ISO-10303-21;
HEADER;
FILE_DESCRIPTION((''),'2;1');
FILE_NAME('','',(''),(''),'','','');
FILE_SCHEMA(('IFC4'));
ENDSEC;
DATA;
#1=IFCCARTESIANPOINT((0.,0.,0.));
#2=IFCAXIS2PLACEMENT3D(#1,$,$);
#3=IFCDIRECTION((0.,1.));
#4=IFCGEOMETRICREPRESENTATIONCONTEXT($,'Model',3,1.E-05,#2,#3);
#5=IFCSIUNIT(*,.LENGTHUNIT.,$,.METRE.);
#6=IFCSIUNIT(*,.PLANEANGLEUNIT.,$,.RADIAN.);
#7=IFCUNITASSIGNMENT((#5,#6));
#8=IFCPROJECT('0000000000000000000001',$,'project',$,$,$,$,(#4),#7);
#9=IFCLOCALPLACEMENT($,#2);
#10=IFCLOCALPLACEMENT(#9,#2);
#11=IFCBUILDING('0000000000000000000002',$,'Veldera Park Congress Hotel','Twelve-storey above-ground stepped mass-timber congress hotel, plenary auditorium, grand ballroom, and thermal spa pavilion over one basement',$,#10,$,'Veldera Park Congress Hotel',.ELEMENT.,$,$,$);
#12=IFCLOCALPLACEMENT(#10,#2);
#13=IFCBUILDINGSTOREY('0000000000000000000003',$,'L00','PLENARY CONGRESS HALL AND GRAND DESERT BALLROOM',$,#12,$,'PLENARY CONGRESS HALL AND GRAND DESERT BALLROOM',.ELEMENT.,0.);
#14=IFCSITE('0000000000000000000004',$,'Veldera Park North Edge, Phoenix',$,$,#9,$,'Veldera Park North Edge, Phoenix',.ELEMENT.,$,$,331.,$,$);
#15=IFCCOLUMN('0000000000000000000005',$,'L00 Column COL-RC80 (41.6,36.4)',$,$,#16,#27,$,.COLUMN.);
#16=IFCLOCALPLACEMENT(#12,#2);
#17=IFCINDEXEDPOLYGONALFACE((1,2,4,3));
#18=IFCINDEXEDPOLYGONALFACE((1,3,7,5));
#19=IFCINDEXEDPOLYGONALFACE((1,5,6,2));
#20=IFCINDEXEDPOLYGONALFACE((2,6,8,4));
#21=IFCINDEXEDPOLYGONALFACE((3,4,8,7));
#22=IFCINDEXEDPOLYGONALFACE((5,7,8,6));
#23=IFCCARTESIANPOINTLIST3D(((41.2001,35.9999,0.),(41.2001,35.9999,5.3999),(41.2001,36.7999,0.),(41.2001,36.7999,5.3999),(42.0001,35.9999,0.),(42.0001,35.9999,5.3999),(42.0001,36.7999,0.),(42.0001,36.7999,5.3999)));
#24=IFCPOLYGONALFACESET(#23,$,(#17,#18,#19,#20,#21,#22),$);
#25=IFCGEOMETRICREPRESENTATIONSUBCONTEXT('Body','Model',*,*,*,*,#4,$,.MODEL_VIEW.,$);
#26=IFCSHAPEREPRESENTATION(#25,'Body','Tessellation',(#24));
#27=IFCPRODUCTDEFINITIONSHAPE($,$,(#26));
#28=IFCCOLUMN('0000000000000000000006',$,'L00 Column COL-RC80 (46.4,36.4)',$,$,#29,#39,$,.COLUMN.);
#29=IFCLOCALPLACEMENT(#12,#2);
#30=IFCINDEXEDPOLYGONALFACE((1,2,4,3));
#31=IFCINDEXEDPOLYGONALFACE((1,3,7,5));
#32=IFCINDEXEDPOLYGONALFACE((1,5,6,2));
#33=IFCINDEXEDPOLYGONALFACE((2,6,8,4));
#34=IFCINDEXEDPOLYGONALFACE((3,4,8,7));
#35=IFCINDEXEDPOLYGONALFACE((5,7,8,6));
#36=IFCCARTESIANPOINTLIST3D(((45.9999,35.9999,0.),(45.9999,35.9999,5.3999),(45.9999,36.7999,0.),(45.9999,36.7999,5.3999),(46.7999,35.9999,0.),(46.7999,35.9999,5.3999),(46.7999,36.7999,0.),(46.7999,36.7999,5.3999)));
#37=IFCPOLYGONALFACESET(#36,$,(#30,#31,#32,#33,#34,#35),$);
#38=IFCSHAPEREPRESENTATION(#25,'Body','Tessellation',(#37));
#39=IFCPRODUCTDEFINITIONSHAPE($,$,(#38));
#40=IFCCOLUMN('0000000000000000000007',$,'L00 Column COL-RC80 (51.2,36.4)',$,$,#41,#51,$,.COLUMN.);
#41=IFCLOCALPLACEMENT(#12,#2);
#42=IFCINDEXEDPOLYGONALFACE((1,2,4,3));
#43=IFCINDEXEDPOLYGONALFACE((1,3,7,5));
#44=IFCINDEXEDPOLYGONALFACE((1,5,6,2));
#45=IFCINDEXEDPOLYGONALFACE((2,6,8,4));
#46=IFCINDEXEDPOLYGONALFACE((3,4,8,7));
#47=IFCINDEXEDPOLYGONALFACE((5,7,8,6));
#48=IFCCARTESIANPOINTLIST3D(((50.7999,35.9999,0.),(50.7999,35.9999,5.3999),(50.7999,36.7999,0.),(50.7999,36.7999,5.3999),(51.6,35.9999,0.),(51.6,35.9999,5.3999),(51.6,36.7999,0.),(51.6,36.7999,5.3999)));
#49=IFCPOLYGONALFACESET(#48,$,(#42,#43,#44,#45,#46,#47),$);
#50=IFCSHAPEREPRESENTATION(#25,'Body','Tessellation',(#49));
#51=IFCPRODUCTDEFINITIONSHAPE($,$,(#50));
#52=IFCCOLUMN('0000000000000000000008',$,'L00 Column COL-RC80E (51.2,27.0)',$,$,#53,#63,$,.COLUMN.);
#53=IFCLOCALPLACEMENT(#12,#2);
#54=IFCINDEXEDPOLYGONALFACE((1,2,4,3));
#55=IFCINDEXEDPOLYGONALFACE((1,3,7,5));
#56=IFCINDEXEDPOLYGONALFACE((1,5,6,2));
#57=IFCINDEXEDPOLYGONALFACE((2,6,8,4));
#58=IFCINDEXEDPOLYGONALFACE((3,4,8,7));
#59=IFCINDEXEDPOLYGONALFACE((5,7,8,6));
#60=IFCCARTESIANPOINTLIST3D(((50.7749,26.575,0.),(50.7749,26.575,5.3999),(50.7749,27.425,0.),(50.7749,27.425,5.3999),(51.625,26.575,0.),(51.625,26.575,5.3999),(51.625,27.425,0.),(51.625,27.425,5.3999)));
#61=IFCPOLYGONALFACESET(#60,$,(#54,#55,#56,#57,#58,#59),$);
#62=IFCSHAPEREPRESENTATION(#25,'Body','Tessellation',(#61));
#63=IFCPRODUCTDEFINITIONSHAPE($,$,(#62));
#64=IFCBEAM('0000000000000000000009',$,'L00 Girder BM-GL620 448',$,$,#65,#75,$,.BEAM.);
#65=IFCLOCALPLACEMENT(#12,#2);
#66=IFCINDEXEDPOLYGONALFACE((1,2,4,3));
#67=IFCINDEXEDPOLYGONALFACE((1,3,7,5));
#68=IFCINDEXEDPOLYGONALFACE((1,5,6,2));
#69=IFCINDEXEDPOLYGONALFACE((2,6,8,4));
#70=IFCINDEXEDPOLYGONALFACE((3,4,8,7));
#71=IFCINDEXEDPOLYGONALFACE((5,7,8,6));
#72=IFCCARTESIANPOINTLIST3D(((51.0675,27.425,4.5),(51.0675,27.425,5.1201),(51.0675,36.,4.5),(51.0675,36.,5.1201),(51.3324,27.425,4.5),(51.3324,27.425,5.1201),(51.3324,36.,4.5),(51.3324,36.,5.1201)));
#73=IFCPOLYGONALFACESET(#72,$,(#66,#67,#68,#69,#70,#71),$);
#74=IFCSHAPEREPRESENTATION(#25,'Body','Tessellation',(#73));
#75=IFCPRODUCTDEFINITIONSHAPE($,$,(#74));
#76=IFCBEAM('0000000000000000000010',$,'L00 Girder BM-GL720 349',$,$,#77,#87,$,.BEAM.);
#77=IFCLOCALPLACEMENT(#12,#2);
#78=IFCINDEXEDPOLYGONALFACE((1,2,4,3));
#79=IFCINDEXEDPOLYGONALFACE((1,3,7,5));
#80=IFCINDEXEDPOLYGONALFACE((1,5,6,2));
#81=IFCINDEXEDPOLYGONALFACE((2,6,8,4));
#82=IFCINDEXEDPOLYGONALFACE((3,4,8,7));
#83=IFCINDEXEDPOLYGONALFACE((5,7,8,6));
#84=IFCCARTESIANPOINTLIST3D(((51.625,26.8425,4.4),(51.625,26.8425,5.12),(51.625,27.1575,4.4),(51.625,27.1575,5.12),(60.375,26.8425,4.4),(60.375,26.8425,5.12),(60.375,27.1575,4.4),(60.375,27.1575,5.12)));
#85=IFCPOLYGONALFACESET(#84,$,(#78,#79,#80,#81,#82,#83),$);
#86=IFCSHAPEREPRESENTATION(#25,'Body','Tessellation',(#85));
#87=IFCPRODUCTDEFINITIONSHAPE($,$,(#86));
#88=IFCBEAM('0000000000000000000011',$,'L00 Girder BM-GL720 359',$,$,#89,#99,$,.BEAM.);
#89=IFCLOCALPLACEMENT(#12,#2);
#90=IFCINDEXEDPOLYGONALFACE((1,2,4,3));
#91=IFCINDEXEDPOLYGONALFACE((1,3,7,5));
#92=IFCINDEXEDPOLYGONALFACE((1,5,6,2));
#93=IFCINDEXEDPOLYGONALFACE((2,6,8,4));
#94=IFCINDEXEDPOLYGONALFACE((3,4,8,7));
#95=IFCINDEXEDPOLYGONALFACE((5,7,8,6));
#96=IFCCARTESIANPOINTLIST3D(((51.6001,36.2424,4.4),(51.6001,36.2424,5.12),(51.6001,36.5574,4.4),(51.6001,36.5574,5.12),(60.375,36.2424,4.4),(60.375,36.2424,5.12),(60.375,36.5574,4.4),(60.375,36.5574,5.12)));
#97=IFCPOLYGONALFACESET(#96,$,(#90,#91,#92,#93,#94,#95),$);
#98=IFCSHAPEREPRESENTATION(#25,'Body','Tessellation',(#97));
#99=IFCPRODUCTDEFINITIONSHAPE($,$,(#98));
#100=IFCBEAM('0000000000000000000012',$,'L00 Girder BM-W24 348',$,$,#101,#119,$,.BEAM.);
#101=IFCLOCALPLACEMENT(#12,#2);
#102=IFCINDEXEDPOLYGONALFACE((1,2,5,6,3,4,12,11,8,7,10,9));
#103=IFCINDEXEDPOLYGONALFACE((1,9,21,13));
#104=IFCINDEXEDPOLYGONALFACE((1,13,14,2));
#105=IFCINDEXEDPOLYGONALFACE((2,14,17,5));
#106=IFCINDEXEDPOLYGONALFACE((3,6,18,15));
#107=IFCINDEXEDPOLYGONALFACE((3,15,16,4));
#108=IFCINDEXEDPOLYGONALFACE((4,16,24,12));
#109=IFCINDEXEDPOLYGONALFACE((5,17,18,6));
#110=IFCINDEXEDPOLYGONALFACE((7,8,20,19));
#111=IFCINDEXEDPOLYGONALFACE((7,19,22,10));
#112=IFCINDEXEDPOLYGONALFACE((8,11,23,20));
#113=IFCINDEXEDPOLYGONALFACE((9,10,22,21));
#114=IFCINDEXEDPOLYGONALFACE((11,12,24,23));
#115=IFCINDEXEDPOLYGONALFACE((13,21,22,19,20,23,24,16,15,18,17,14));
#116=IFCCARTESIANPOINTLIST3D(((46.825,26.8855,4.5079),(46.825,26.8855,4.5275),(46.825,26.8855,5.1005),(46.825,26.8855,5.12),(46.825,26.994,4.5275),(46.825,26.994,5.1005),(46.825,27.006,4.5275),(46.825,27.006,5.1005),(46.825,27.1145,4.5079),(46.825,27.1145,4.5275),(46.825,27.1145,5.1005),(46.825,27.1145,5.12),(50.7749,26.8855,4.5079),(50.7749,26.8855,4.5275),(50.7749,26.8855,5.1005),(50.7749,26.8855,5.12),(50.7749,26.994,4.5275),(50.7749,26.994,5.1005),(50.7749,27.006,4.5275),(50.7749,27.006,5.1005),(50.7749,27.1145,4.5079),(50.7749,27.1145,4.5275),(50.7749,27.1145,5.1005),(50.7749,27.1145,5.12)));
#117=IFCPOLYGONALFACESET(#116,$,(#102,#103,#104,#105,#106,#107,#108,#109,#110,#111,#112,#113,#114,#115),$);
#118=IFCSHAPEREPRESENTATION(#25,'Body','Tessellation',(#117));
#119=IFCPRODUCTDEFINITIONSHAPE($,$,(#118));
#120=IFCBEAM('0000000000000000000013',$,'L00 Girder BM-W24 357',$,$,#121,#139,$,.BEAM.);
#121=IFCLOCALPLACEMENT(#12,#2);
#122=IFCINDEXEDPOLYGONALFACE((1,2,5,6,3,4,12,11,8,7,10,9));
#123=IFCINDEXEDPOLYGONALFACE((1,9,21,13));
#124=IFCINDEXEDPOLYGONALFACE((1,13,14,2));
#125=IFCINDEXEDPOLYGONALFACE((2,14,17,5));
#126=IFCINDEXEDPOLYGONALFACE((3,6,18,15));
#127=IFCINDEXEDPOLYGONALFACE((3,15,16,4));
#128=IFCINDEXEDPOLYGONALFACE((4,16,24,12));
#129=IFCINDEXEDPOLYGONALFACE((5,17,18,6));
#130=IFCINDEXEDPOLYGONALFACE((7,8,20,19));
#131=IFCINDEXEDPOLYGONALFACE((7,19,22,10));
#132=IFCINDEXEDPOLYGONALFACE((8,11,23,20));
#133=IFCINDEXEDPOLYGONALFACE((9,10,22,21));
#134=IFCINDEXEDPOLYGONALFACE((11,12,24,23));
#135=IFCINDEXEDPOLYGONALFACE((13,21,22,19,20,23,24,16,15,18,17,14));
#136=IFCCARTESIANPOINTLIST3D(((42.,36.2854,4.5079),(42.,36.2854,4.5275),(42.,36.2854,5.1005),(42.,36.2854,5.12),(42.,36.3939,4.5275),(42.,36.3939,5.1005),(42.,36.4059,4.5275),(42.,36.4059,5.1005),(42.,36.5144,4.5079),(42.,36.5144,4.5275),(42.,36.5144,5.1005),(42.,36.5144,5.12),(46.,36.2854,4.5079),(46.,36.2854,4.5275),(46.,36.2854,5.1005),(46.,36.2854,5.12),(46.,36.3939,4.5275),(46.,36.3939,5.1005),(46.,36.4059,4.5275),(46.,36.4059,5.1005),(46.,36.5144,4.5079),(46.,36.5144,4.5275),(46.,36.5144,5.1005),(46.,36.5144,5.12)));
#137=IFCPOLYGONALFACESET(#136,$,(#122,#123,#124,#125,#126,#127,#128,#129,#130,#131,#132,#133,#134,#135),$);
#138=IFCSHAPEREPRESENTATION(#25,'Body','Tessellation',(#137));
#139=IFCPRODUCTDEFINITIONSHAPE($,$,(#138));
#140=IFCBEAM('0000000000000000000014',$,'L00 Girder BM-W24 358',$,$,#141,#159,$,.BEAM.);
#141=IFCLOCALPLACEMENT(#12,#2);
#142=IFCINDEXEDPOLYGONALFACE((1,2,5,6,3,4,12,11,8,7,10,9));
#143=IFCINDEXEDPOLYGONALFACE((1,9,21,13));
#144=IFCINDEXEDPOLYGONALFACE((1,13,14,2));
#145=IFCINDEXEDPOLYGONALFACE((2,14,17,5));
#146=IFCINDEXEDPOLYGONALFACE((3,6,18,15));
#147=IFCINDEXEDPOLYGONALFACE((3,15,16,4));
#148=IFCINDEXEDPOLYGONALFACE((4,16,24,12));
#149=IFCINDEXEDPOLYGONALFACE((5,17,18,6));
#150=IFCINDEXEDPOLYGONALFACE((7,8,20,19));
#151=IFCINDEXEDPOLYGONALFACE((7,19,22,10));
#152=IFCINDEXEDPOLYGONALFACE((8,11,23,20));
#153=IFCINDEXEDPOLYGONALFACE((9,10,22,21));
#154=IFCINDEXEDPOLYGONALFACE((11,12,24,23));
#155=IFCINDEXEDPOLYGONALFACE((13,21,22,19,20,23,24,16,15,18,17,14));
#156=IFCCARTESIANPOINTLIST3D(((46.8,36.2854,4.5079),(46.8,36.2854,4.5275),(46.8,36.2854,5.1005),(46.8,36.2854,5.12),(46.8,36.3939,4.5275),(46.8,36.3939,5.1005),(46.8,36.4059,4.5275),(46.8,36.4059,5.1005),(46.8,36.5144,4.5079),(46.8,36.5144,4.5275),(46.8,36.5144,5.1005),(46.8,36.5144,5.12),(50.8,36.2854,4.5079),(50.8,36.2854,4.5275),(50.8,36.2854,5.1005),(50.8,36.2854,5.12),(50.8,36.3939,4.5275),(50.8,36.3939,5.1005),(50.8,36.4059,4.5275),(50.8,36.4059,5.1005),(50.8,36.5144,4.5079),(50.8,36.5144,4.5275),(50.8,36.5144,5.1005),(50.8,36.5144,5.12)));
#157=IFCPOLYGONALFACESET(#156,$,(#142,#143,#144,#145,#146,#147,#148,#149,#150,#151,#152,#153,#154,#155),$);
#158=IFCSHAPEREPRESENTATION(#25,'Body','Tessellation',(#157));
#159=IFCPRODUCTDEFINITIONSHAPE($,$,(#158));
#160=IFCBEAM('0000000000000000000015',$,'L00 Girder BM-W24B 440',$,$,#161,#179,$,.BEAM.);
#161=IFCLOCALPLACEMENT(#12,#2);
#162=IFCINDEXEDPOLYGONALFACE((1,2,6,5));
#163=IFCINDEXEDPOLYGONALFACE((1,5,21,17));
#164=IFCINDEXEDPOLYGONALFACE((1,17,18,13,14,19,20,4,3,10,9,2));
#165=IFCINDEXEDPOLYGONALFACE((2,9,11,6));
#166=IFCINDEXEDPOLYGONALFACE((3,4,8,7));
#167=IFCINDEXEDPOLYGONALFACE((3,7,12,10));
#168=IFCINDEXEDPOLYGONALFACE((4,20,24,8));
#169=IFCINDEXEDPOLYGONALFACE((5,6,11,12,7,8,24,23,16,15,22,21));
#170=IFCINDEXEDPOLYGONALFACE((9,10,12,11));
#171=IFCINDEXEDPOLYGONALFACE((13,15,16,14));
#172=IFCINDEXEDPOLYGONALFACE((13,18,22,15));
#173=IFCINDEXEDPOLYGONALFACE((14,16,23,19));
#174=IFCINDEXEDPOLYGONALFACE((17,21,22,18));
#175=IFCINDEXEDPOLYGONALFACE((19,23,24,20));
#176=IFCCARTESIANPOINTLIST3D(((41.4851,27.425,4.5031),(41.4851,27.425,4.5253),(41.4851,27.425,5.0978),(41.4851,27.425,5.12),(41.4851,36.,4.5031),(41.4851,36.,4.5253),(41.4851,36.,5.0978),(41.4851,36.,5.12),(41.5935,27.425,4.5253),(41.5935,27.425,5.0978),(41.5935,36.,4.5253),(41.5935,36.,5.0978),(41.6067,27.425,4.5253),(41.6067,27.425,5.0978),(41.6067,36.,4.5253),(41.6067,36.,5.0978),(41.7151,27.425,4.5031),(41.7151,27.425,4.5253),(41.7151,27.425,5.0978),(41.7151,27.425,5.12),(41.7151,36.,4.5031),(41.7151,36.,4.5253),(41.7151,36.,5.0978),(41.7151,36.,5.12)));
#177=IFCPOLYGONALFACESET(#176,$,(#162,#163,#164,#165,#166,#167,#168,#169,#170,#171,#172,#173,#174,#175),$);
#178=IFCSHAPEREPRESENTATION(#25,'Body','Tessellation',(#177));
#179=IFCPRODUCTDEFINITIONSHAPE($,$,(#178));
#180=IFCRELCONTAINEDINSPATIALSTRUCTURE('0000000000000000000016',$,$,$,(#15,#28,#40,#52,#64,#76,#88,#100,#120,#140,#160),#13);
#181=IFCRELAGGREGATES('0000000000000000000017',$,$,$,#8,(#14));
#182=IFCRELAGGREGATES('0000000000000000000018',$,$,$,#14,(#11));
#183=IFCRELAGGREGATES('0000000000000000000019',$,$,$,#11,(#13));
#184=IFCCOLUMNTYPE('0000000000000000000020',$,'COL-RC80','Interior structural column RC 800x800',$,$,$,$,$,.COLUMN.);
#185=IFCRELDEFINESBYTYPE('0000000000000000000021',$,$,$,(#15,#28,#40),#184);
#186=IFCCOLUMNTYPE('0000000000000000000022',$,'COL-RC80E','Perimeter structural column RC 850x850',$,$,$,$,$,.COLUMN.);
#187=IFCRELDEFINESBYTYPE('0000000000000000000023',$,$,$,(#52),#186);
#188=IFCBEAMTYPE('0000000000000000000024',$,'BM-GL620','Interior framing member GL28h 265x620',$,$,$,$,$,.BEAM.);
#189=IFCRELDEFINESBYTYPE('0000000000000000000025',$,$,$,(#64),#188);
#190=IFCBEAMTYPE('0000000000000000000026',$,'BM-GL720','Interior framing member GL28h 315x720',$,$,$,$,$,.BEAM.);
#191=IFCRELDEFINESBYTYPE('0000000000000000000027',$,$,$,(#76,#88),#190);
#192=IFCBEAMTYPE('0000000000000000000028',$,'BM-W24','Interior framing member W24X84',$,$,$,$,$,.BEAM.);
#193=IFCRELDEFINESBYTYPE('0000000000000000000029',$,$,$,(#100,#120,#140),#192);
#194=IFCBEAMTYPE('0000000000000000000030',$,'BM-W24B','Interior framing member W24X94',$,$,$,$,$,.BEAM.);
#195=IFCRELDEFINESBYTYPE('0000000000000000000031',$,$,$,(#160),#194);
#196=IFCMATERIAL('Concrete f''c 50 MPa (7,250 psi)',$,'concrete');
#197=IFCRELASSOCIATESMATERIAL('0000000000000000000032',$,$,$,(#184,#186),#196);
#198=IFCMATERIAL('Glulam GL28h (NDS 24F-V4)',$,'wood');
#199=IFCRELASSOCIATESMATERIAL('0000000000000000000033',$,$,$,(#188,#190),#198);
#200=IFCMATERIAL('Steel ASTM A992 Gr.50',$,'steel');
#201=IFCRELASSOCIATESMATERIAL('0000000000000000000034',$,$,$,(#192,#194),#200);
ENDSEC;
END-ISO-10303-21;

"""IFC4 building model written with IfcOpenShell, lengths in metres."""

from ifc_helpers import new_model, si_unit, direction, frame, origin, origin_2d, place, context, subcontext, project, spatial, rectangle, i_section, extrude, material, material_profile, profile_set, type_object, element, save


model = new_model("IFC4")

# Units and contexts
model_context = context("Model", 3, precision=1e-05, world=origin(), true_north=direction((0.0, 1.0)))
body_context = subcontext(model_context, "Body", "Model", "MODEL_VIEW")
ifc_project = project(units=[si_unit("LENGTHUNIT", "METRE"), si_unit("PLANEANGLEUNIT", "RADIAN")], contexts=[model_context])

# Site, building, storey
site_placement = place(None, origin())
site = spatial("IfcSite", under=ifc_project, at=site_placement, Name="Veldera Park North Edge, Phoenix", LongName="Veldera Park North Edge, Phoenix", CompositionType="ELEMENT", RefElevation=331.0)
building_placement = place(site_placement, origin())
building = spatial("IfcBuilding", under=site, at=building_placement, Name="Veldera Park Congress Hotel", Description="Twelve-storey above-ground stepped mass-timber congress hotel, plenary auditorium, grand ballroom, and thermal spa pavilion over one basement", LongName="Veldera Park Congress Hotel", CompositionType="ELEMENT")
storey_placement = place(building_placement, origin())
storey = spatial("IfcBuildingStorey", under=building, at=storey_placement, Name="L00", Description="PLENARY CONGRESS HALL AND GRAND DESERT BALLROOM", LongName="PLENARY CONGRESS HALL AND GRAND DESERT BALLROOM", CompositionType="ELEMENT", Elevation=0.0)

# Columns
ifc_material_1 = material(Name="Concrete f'c 50 MPa (7,250 psi)", Category="concrete")
ifc_material_profile_1 = material_profile(ifc_material_1, rectangle(XDim=0.8, YDim=0.8, at=origin_2d()), Name="RC 800x800")
ifc_profile_set_1 = profile_set([ifc_material_profile_1], Name="Concrete f'c 50 MPa (7,250 psi)")
column_type_1 = type_object("IfcColumnType", Name="COL-RC80", Description="Interior structural column RC 800x800", PredefinedType="COLUMN", material=ifc_profile_set_1)
for number, where, z_axis, x_axis, name in (
    (1, (41.6001, 36.3999, 0.0), (0.0, 0.0, 1.0), (1.0, 0.0, 0.0), "L00 Column COL-RC80 (41.6,36.4)"),
    (2, (46.3999, 36.3999, 0.0), (0.0, 0.0, 1.0), (1.0, 0.0, 0.0), "L00 Column COL-RC80 (46.4,36.4)"),
    (3, (51.2, 36.3999, 0.0), (0.0, 0.0, 1.0), (1.0, 0.0, 0.0), "L00 Column COL-RC80 (51.2,36.4)"),
):
    element("IfcColumn", number, at=place(storey_placement, frame(where, z_axis=z_axis, x_axis=x_axis)), inside=storey, type_object=column_type_1, Name=name, PredefinedType="COLUMN", context=body_context, shape_type="SweptSolid", body=[
        extrude(rectangle(XDim=0.8, YDim=0.8, at=origin_2d()), origin(), (0.0, 0.0, 1.0), 5.3999),
    ])
ifc_material_profile_2 = material_profile(ifc_material_1, rectangle(XDim=0.8501, YDim=0.8501, at=origin_2d()), Name="RC 850x850")
ifc_profile_set_2 = profile_set([ifc_material_profile_2], Name="Concrete f'c 50 MPa (7,250 psi)")
column_type_2 = type_object("IfcColumnType", Name="COL-RC80E", Description="Perimeter structural column RC 850x850", PredefinedType="COLUMN", material=ifc_profile_set_2)
column_placement = place(storey_placement, frame((51.2, 27.0, 0.0), z_axis=(0.0, 0.0, 1.0), x_axis=(1.0, 0.0, 0.0)))
element("IfcColumn", 4, at=column_placement, inside=storey, type_object=column_type_2, Name="L00 Column COL-RC80E (51.2,27.0)", PredefinedType="COLUMN", context=body_context, shape_type="SweptSolid", body=[
    extrude(rectangle(XDim=0.8501, YDim=0.8501, at=origin_2d()), origin(), (0.0, 0.0, 1.0), 5.3999),
])

# Beams
ifc_material_2 = material(Name="Glulam GL28h (NDS 24F-V4)", Category="wood")
ifc_material_profile_3 = material_profile(ifc_material_2, rectangle(XDim=0.2649, YDim=0.6201, at=origin_2d()), Name="GL28h 265x620")
ifc_profile_set_3 = profile_set([ifc_material_profile_3], Name="Glulam GL28h (NDS 24F-V4)")
beam_type_1 = type_object("IfcBeamType", Name="BM-GL620", Description="Interior framing member GL28h 265x620", PredefinedType="BEAM", material=ifc_profile_set_3)
beam_1_placement = place(storey_placement, frame((51.2, 27.425, 4.8101), z_axis=(0.0, 1.0, 0.0), x_axis=(-1.0, 0.0, 0.0)))
element("IfcBeam", 5, at=beam_1_placement, inside=storey, type_object=beam_type_1, Name="L00 Girder BM-GL620 448", PredefinedType="BEAM", context=body_context, shape_type="SweptSolid", body=[
    extrude(rectangle(XDim=0.2649, YDim=0.6201, at=origin_2d()), origin(), (0.0, 0.0, 1.0), 8.575),
])
ifc_material_profile_4 = material_profile(ifc_material_2, rectangle(XDim=0.3149, YDim=0.72, at=origin_2d()), Name="GL28h 315x720")
ifc_profile_set_4 = profile_set([ifc_material_profile_4], Name="Glulam GL28h (NDS 24F-V4)")
beam_type_2 = type_object("IfcBeamType", Name="BM-GL720", Description="Interior framing member GL28h 315x720", PredefinedType="BEAM", material=ifc_profile_set_4)
beam_2_placement = place(storey_placement, frame((51.625, 27.0, 4.76), z_axis=(1.0, 0.0, 0.0), x_axis=(0.0, 1.0, 0.0)))
element("IfcBeam", 6, at=beam_2_placement, inside=storey, type_object=beam_type_2, Name="L00 Girder BM-GL720 349", PredefinedType="BEAM", context=body_context, shape_type="SweptSolid", body=[
    extrude(rectangle(XDim=0.3149, YDim=0.72, at=origin_2d()), origin(), (0.0, 0.0, 1.0), 8.75),
])
beam_3_placement = place(storey_placement, frame((51.6001, 36.3999, 4.76), z_axis=(1.0, 0.0, 0.0), x_axis=(0.0, 1.0, 0.0)))
element("IfcBeam", 7, at=beam_3_placement, inside=storey, type_object=beam_type_2, Name="L00 Girder BM-GL720 359", PredefinedType="BEAM", context=body_context, shape_type="SweptSolid", body=[
    extrude(rectangle(XDim=0.3149, YDim=0.72, at=origin_2d()), origin(), (0.0, 0.0, 1.0), 8.7749),
])
ifc_material_3 = material(Name="Steel ASTM A992 Gr.50", Category="steel")
ifc_material_profile_5 = material_profile(ifc_material_3, i_section(OverallWidth=0.229, OverallDepth=0.6121, WebThickness=0.012, FlangeThickness=0.0195, at=origin_2d()), Name="W24X84")
ifc_profile_set_5 = profile_set([ifc_material_profile_5], Name="Steel ASTM A992 Gr.50")
beam_type_3 = type_object("IfcBeamType", Name="BM-W24", Description="Interior framing member W24X84", PredefinedType="BEAM", material=ifc_profile_set_5)
beam_4_placement = place(storey_placement, frame((46.825, 27.0, 4.814), z_axis=(1.0, 0.0, 0.0), x_axis=(0.0, 1.0, 0.0)))
element("IfcBeam", 8, at=beam_4_placement, inside=storey, type_object=beam_type_3, Name="L00 Girder BM-W24 348", PredefinedType="BEAM", context=body_context, shape_type="SweptSolid", body=[
    extrude(i_section(OverallWidth=0.229, OverallDepth=0.6121, WebThickness=0.012, FlangeThickness=0.0195, at=origin_2d()), origin(), (0.0, 0.0, 1.0), 3.95),
])
for number, where, z_axis, x_axis, name in (
    (9, (42.0, 36.3999, 4.814), (1.0, 0.0, 0.0), (0.0, 1.0, 0.0), "L00 Girder BM-W24 357"),
    (10, (46.8, 36.3999, 4.814), (1.0, 0.0, 0.0), (0.0, 1.0, 0.0), "L00 Girder BM-W24 358"),
):
    element("IfcBeam", number, at=place(storey_placement, frame(where, z_axis=z_axis, x_axis=x_axis)), inside=storey, type_object=beam_type_3, Name=name, PredefinedType="BEAM", context=body_context, shape_type="SweptSolid", body=[
        extrude(i_section(OverallWidth=0.229, OverallDepth=0.6121, WebThickness=0.012, FlangeThickness=0.0195, at=origin_2d()), origin(), (0.0, 0.0, 1.0), 4.0),
    ])
ifc_material_profile_6 = material_profile(ifc_material_3, i_section(OverallWidth=0.23, OverallDepth=0.6169, WebThickness=0.0132, FlangeThickness=0.0222, at=origin_2d()), Name="W24X94")
ifc_profile_set_6 = profile_set([ifc_material_profile_6], Name="Steel ASTM A992 Gr.50")
beam_type_4 = type_object("IfcBeamType", Name="BM-W24B", Description="Interior framing member W24X94", PredefinedType="BEAM", material=ifc_profile_set_6)
for number, where, z_axis, x_axis, name in (
    (11, (41.6001, 27.425, 4.8115), (0.0, 1.0, 0.0), (-1.0, 0.0, 0.0), "L00 Girder BM-W24B 440"),
):
    element("IfcBeam", number, at=place(storey_placement, frame(where, z_axis=z_axis, x_axis=x_axis)), inside=storey, type_object=beam_type_4, Name=name, PredefinedType="BEAM", context=body_context, shape_type="SweptSolid", body=[
        extrude(i_section(OverallWidth=0.23, OverallDepth=0.6169, WebThickness=0.0132, FlangeThickness=0.0222, at=origin_2d()), origin(), (0.0, 0.0, 1.0), 8.575),
    ])

save(model, "model.ifc")
